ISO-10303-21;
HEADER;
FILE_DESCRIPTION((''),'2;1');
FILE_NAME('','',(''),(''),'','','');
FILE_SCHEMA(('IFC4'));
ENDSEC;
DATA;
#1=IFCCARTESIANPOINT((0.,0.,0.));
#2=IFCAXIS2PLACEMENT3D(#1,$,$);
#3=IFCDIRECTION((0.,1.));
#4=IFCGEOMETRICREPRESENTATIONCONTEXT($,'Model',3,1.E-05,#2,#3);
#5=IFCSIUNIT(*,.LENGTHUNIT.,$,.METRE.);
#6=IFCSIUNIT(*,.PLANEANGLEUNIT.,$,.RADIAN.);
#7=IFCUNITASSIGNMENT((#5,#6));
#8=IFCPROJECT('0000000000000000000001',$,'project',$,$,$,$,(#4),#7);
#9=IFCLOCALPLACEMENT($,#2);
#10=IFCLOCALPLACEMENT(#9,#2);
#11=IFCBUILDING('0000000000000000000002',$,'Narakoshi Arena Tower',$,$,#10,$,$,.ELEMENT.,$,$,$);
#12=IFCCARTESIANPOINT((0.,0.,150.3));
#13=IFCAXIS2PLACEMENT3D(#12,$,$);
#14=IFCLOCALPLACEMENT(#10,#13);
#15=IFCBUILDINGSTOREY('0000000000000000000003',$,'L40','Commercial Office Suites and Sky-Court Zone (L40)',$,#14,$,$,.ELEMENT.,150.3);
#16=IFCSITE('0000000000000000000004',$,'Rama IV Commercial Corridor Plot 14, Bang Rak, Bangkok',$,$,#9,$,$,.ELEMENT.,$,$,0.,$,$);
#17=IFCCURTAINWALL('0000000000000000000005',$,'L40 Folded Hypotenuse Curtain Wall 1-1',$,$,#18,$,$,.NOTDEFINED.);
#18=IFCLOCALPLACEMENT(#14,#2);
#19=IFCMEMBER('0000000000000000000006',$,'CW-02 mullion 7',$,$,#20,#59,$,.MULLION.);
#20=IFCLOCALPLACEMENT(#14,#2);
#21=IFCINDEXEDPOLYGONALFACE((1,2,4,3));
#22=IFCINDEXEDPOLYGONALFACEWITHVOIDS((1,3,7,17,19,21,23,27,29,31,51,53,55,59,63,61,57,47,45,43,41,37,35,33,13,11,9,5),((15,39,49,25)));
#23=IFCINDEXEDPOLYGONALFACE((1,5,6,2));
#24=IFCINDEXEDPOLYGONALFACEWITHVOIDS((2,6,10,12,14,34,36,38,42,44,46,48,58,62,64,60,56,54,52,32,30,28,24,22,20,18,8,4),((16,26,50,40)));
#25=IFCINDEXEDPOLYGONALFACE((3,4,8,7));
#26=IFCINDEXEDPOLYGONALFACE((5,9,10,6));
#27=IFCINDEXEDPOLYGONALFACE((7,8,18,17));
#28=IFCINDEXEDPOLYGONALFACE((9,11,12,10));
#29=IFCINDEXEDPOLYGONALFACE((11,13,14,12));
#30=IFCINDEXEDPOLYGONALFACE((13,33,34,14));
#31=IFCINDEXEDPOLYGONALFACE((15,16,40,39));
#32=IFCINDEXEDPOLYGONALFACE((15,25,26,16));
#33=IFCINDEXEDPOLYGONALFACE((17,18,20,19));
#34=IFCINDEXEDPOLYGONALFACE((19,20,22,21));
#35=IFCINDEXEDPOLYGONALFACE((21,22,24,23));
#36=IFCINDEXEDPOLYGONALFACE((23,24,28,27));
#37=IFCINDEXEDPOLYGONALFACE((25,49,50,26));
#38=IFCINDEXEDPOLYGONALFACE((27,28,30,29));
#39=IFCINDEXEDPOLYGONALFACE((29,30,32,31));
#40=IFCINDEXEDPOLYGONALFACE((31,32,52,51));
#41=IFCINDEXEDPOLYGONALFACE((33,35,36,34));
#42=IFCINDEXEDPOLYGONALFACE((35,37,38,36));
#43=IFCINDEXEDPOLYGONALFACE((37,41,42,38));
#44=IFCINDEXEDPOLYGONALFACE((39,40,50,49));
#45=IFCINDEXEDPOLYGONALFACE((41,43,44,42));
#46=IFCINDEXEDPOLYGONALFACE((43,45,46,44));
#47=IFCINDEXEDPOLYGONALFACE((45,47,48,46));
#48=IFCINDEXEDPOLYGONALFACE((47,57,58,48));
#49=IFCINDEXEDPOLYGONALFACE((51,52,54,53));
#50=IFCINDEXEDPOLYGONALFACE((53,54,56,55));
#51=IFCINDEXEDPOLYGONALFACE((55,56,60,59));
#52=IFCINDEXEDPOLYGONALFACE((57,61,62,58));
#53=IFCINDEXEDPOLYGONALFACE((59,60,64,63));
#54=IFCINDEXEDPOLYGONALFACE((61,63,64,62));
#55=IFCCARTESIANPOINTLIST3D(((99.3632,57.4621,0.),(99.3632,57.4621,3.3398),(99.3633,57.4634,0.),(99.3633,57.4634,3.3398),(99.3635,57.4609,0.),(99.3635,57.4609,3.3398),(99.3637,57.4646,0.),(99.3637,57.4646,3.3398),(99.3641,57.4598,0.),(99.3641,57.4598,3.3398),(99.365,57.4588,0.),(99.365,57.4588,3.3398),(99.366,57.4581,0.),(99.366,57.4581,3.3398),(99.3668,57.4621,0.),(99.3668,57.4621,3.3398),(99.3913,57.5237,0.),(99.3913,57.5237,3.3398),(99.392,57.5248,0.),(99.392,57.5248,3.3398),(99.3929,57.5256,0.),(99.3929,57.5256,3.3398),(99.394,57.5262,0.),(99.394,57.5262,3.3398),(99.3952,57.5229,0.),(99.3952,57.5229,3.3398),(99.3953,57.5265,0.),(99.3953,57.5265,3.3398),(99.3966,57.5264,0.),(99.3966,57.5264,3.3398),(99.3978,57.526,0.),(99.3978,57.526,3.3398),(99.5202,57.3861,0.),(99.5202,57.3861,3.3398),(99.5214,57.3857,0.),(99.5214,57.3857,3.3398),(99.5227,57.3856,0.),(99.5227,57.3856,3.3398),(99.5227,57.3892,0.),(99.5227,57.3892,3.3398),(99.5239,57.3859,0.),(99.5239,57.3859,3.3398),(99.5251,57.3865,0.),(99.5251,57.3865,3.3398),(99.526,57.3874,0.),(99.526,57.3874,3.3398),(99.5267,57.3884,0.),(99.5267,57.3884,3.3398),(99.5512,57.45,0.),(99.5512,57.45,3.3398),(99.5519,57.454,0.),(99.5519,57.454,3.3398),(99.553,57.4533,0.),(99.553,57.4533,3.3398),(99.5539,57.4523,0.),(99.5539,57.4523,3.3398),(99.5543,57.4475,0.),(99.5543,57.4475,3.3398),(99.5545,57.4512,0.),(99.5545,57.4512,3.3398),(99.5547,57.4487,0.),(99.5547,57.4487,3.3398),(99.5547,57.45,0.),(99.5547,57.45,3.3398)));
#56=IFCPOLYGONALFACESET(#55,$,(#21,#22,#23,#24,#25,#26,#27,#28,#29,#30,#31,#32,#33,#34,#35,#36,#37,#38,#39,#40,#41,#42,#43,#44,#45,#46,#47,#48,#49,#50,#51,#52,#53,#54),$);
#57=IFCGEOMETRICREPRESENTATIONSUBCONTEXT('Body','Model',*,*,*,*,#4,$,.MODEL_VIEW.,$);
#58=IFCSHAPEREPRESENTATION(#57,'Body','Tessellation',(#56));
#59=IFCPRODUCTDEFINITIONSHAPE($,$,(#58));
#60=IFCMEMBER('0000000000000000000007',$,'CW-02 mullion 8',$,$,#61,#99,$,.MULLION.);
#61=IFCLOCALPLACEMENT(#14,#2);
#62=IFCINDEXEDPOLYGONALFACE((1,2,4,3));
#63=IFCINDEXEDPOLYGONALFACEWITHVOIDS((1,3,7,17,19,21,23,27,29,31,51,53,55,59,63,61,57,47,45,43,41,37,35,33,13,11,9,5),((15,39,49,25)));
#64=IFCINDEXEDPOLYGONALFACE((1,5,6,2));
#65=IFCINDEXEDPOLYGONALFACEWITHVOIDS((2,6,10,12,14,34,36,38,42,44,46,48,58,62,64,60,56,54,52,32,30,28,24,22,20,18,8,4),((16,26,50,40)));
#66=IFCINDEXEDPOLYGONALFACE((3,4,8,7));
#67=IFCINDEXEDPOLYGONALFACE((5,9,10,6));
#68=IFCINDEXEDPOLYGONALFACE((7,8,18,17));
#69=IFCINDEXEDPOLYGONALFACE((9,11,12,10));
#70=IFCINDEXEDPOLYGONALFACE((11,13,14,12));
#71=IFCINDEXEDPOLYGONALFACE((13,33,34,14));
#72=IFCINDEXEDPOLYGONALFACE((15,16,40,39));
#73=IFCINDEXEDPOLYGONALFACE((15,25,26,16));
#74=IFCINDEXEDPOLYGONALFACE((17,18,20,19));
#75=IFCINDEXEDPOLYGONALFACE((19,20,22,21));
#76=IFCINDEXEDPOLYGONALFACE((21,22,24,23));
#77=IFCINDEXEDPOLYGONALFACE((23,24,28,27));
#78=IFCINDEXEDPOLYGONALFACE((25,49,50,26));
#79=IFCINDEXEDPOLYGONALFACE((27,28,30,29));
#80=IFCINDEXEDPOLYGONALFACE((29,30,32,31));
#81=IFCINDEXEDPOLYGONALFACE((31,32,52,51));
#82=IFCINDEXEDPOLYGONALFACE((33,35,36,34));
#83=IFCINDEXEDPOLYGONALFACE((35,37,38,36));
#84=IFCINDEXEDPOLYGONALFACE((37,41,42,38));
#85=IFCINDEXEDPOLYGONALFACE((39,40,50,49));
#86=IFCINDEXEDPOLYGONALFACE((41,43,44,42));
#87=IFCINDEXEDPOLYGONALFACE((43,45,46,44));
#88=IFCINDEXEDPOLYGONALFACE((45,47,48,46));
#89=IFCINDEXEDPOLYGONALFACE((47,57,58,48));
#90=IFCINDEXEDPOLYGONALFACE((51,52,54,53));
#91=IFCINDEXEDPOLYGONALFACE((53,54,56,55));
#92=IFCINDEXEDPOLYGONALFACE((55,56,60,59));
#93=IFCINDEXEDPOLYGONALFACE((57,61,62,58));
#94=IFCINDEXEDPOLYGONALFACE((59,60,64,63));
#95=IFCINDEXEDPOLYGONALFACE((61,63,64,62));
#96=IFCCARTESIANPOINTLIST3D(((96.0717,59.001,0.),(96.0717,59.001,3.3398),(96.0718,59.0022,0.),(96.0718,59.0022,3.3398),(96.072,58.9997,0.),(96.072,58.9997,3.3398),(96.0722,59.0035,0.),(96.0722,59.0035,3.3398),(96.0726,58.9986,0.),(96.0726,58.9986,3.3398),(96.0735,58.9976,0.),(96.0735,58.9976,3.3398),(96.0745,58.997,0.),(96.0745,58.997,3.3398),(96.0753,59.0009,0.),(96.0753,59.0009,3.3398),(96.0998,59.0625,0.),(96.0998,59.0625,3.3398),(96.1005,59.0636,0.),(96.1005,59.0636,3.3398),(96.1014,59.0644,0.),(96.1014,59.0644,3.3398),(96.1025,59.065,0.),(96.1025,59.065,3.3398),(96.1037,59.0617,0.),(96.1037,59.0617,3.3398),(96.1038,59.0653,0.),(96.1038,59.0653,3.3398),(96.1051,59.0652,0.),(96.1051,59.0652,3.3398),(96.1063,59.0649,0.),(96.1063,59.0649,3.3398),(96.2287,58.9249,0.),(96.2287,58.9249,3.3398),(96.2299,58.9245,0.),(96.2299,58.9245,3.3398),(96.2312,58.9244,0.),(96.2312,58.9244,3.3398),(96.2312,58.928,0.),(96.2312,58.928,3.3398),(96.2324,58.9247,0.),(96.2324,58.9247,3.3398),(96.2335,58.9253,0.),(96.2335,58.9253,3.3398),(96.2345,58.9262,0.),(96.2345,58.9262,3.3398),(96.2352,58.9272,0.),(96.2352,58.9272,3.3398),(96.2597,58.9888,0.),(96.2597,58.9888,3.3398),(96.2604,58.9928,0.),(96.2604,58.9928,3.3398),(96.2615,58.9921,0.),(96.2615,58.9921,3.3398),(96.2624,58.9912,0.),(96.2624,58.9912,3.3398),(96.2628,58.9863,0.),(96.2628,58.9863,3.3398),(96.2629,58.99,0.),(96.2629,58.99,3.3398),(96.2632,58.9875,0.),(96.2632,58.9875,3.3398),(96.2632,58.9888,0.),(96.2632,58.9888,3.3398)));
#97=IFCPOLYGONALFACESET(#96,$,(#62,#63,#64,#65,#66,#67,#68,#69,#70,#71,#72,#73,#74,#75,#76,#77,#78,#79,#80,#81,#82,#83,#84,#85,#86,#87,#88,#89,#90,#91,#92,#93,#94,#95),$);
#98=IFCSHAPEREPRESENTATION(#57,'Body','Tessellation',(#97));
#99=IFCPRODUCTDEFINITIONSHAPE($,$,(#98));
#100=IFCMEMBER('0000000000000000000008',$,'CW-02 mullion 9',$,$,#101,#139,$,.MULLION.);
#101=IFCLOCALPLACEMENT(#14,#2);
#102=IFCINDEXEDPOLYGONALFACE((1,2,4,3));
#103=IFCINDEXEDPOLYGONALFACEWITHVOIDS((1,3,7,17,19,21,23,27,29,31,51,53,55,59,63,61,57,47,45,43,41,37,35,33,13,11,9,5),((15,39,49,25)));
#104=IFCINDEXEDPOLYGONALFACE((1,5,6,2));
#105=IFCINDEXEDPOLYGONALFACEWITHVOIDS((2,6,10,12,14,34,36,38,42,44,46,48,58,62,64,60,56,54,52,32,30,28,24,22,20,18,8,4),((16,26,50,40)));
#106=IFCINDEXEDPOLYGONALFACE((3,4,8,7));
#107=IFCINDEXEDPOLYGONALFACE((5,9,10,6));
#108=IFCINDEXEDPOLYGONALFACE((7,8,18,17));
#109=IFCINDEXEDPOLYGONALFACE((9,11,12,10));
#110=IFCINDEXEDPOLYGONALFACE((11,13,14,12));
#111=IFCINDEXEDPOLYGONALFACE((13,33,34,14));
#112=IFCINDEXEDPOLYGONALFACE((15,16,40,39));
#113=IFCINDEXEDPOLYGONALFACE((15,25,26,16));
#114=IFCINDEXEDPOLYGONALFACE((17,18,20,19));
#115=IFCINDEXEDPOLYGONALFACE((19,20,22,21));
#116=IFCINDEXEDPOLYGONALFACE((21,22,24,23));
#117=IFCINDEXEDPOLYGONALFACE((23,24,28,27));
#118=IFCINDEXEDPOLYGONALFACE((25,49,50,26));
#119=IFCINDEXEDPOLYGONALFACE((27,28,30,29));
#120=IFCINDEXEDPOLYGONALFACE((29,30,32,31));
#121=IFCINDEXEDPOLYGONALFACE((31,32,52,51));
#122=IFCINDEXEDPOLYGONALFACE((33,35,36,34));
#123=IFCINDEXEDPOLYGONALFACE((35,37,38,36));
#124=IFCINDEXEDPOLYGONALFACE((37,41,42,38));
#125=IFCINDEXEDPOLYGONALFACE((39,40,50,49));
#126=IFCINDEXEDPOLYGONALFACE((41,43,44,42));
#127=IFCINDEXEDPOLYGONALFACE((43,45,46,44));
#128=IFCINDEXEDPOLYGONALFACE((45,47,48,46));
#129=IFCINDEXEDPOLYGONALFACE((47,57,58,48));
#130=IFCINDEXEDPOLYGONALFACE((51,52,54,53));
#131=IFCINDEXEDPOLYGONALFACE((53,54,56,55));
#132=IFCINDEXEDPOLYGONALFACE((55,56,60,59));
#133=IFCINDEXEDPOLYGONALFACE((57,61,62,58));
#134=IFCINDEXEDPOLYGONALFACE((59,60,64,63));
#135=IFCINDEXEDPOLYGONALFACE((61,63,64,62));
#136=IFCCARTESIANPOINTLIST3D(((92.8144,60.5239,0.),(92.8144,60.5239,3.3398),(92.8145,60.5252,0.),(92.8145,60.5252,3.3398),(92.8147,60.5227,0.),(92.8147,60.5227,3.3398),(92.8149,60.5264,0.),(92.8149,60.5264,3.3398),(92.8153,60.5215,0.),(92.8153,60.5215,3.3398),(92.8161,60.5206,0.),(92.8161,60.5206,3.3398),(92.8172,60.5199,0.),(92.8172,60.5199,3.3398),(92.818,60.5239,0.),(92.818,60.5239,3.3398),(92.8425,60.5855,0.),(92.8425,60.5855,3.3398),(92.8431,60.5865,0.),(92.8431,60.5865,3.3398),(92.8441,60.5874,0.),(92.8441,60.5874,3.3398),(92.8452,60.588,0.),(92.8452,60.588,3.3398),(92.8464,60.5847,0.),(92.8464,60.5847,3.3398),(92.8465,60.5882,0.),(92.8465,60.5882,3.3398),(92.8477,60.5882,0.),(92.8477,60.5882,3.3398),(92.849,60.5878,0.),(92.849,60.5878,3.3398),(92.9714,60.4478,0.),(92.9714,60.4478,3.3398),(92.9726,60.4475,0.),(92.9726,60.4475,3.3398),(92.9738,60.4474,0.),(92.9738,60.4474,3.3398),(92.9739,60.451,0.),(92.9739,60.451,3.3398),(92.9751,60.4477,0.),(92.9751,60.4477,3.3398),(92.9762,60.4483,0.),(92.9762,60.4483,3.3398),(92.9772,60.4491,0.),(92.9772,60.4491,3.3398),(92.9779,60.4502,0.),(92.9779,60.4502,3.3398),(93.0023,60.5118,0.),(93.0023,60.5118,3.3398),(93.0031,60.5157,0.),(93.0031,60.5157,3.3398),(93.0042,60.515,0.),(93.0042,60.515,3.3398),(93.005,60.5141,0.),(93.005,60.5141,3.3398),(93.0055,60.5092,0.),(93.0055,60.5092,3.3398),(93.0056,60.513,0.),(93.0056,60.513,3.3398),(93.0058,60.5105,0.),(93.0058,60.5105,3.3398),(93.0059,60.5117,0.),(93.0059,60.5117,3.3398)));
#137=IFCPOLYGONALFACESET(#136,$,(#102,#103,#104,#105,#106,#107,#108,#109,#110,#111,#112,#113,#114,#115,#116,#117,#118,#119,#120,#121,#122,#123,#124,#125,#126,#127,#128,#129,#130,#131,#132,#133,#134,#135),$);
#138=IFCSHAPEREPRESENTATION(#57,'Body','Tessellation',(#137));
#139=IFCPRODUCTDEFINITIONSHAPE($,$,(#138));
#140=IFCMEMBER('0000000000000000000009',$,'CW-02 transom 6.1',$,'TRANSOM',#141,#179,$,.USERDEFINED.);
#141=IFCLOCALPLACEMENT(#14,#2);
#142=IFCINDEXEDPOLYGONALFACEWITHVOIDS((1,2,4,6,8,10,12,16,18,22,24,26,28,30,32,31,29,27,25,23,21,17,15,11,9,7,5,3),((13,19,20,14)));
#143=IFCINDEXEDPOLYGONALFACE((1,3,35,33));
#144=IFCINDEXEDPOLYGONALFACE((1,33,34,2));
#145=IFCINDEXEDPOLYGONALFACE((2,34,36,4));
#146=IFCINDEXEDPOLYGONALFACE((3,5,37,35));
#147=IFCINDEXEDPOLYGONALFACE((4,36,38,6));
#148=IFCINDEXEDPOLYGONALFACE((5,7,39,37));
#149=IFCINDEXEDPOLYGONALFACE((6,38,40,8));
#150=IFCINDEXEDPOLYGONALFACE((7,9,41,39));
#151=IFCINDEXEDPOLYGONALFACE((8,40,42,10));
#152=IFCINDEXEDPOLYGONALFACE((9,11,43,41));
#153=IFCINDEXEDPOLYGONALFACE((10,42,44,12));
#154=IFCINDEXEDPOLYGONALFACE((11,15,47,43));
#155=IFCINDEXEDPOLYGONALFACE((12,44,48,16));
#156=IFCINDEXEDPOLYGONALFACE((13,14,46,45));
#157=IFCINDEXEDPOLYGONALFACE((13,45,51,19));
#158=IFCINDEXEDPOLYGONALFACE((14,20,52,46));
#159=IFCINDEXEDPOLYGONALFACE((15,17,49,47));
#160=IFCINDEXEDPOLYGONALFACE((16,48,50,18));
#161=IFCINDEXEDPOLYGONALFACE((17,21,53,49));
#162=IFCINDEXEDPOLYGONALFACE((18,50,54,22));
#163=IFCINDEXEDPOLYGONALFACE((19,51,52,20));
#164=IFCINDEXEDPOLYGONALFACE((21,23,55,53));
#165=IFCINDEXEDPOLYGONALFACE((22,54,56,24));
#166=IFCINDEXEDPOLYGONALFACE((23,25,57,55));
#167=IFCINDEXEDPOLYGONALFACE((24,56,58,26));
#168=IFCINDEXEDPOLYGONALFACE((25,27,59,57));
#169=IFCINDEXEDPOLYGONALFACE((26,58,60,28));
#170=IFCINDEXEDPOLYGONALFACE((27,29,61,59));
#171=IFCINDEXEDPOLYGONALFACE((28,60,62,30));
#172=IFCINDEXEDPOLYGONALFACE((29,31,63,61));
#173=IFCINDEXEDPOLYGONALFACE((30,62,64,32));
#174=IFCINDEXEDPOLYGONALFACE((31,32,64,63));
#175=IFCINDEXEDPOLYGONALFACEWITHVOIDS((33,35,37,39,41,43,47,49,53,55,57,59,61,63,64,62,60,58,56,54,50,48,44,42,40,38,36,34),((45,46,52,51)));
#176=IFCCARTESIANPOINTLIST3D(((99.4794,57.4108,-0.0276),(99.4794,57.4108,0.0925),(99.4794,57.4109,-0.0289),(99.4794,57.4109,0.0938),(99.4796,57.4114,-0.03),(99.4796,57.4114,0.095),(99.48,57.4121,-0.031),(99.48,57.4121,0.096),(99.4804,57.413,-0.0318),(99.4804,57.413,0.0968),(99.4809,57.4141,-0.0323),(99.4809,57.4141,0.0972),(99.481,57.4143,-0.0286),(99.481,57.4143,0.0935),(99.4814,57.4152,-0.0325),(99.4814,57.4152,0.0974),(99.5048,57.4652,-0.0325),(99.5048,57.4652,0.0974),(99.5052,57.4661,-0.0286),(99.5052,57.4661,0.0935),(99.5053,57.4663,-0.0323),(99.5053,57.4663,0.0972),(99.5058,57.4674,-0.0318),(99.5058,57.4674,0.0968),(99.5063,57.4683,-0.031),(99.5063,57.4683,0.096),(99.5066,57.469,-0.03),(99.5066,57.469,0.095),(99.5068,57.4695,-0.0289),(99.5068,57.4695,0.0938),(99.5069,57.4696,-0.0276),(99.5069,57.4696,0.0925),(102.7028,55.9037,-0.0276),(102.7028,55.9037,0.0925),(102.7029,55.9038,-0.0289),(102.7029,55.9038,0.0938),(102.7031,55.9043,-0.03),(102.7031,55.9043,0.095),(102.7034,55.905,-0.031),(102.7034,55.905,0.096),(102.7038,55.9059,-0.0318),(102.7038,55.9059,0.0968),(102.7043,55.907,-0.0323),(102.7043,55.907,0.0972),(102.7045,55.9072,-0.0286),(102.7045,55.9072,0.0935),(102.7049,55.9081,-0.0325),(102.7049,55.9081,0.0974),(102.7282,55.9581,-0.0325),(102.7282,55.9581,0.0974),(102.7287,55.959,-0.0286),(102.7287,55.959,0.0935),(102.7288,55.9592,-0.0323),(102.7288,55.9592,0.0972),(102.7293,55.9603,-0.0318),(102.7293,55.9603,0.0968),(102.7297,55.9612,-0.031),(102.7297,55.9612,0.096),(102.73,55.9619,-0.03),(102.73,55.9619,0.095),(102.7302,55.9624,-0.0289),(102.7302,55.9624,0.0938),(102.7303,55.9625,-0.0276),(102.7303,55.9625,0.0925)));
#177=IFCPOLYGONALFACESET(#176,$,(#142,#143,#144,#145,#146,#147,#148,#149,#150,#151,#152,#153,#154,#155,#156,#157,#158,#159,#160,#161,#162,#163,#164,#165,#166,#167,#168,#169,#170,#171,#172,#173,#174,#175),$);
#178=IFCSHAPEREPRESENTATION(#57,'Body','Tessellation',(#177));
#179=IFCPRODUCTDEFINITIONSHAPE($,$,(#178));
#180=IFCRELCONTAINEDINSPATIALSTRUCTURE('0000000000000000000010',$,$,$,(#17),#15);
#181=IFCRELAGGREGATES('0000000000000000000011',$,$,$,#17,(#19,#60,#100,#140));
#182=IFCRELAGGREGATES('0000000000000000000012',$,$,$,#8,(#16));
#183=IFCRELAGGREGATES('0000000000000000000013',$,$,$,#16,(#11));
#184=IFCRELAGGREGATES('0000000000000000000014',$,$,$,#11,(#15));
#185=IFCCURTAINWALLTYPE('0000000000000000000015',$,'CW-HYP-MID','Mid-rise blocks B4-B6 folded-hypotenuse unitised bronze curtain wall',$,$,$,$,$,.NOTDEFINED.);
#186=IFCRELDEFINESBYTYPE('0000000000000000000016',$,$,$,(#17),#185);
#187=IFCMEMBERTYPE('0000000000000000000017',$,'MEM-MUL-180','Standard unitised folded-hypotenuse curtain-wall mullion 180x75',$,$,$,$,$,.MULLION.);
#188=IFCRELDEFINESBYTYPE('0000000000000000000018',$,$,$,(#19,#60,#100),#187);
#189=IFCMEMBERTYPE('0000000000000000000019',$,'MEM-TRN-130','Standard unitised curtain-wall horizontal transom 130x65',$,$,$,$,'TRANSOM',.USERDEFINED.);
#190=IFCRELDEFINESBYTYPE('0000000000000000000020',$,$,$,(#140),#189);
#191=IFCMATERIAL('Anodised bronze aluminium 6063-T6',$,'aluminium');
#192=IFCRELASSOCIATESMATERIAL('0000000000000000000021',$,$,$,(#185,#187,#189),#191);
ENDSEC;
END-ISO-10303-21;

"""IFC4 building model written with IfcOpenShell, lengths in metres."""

from ifc_helpers import new_model, si_unit, direction, frame, origin, origin_2d, place, context, subcontext, project, spatial, hollow_rectangle, extrude, material, material_profile, profile_set, type_object, element, aggregate, save


model = new_model("IFC4")

# Units and contexts
model_context = context("Model", 3, precision=1e-05, world=origin(), true_north=direction((0.0, 1.0)))
body_context = subcontext(model_context, "Body", "Model", "MODEL_VIEW")
ifc_project = project(units=[si_unit("LENGTHUNIT", "METRE"), si_unit("PLANEANGLEUNIT", "RADIAN")], contexts=[model_context])

# Site, building, storey
site_placement = place(None, origin())
site = spatial("IfcSite", under=ifc_project, at=site_placement, Name="Rama IV Commercial Corridor Plot 14, Bang Rak, Bangkok", CompositionType="ELEMENT", RefElevation=0.0)
building_placement = place(site_placement, origin())
building = spatial("IfcBuilding", under=site, at=building_placement, Name="Narakoshi Arena Tower", CompositionType="ELEMENT")
storey_placement = place(building_placement, frame((0.0, 0.0, 150.3)))
storey = spatial("IfcBuildingStorey", under=building, at=storey_placement, Name="L40", Description="Commercial Office Suites and Sky-Court Zone (L40)", CompositionType="ELEMENT", Elevation=150.3)

# Curtain wall, members
ifc_material_1 = material(Name="Anodised bronze aluminium 6063-T6", Category="aluminium")
curtain_wall_type = type_object("IfcCurtainWallType", Name="CW-HYP-MID", Description="Mid-rise blocks B4-B6 folded-hypotenuse unitised bronze curtain wall", PredefinedType="NOTDEFINED", material=ifc_material_1)
curtain_wall_placement = place(storey_placement, origin())
curtain_wall = element("IfcCurtainWall", 1, at=curtain_wall_placement, inside=storey, type_object=curtain_wall_type, Name="L40 Folded Hypotenuse Curtain Wall 1-1", PredefinedType="NOTDEFINED")
ifc_material_profile_1 = material_profile(ifc_material_1, hollow_rectangle(XDim=0.075, YDim=0.1799, WallThickness=0.0039, OuterFilletRadius=0.0049, at=origin_2d()), Name="MUL180x75x4")
ifc_profile_set_1 = profile_set([ifc_material_profile_1], Name="Anodised bronze aluminium 6063-T6")
member_type_1 = type_object("IfcMemberType", Name="MEM-MUL-180", Description="Standard unitised folded-hypotenuse curtain-wall mullion 180x75", PredefinedType="MULLION", material=ifc_profile_set_1)
member_1_placement = place(storey_placement, frame((99.459, 57.4561, 0.0), z_axis=(0.0, 0.0, 1.0), x_axis=(-0.423532, -0.905881, 0.0)))
member_1 = element("IfcMember", 2, at=member_1_placement, type_object=member_type_1, Name="CW-02 mullion 7", PredefinedType="MULLION", context=body_context, shape_type="SweptSolid", body=[
    extrude(hollow_rectangle(XDim=0.075, YDim=0.1799, WallThickness=0.0039, OuterFilletRadius=0.0049, at=origin_2d()), origin(), (0.0, 0.0, 1.0), 3.3398),
])
member_2_placement = place(storey_placement, frame((96.1675, 58.9949, 0.0), z_axis=(0.0, 0.0, 1.0), x_axis=(-0.423532, -0.905881, 0.0)))
member_2 = element("IfcMember", 3, at=member_2_placement, type_object=member_type_1, Name="CW-02 mullion 8", PredefinedType="MULLION", context=body_context, shape_type="SweptSolid", body=[
    extrude(hollow_rectangle(XDim=0.075, YDim=0.1799, WallThickness=0.0039, OuterFilletRadius=0.0049, at=origin_2d()), origin(), (0.0, 0.0, 1.0), 3.3398),
])
member_3_placement = place(storey_placement, frame((92.9102, 60.5178, 0.0), z_axis=(0.0, 0.0, 1.0), x_axis=(-0.423532, -0.905881, 0.0)))
member_3 = element("IfcMember", 4, at=member_3_placement, type_object=member_type_1, Name="CW-02 mullion 9", PredefinedType="MULLION", context=body_context, shape_type="SweptSolid", body=[
    extrude(hollow_rectangle(XDim=0.075, YDim=0.1799, WallThickness=0.0039, OuterFilletRadius=0.0049, at=origin_2d()), origin(), (0.0, 0.0, 1.0), 3.3398),
])
ifc_material_profile_2 = material_profile(ifc_material_1, hollow_rectangle(XDim=0.0649, YDim=0.1299, WallThickness=0.0039, OuterFilletRadius=0.0049, at=origin_2d()), Name="TRN130x65x4")
ifc_profile_set_2 = profile_set([ifc_material_profile_2], Name="Anodised bronze aluminium 6063-T6")
member_type_2 = type_object("IfcMemberType", Name="MEM-TRN-130", Description="Standard unitised curtain-wall horizontal transom 130x65", ElementType="TRANSOM", PredefinedType="USERDEFINED", material=ifc_profile_set_2)
member_4_placement = place(storey_placement, frame((102.7166, 55.9331, 0.0325), z_axis=(-0.905878, 0.423539, 0.0), x_axis=(-0.423539, -0.905878, 0.0)))
member_4 = element("IfcMember", 5, at=member_4_placement, type_object=member_type_2, Name="CW-02 transom 6.1", ObjectType="TRANSOM", PredefinedType="USERDEFINED", context=body_context, shape_type="SweptSolid", body=[
    extrude(hollow_rectangle(XDim=0.0649, YDim=0.1299, WallThickness=0.0039, OuterFilletRadius=0.0049, at=origin_2d()), origin(), (0.0, 0.0, 1.0), 3.5583),
])
aggregate(curtain_wall, [member_1, member_2, member_3, member_4])

save(model, "model.ifc")
